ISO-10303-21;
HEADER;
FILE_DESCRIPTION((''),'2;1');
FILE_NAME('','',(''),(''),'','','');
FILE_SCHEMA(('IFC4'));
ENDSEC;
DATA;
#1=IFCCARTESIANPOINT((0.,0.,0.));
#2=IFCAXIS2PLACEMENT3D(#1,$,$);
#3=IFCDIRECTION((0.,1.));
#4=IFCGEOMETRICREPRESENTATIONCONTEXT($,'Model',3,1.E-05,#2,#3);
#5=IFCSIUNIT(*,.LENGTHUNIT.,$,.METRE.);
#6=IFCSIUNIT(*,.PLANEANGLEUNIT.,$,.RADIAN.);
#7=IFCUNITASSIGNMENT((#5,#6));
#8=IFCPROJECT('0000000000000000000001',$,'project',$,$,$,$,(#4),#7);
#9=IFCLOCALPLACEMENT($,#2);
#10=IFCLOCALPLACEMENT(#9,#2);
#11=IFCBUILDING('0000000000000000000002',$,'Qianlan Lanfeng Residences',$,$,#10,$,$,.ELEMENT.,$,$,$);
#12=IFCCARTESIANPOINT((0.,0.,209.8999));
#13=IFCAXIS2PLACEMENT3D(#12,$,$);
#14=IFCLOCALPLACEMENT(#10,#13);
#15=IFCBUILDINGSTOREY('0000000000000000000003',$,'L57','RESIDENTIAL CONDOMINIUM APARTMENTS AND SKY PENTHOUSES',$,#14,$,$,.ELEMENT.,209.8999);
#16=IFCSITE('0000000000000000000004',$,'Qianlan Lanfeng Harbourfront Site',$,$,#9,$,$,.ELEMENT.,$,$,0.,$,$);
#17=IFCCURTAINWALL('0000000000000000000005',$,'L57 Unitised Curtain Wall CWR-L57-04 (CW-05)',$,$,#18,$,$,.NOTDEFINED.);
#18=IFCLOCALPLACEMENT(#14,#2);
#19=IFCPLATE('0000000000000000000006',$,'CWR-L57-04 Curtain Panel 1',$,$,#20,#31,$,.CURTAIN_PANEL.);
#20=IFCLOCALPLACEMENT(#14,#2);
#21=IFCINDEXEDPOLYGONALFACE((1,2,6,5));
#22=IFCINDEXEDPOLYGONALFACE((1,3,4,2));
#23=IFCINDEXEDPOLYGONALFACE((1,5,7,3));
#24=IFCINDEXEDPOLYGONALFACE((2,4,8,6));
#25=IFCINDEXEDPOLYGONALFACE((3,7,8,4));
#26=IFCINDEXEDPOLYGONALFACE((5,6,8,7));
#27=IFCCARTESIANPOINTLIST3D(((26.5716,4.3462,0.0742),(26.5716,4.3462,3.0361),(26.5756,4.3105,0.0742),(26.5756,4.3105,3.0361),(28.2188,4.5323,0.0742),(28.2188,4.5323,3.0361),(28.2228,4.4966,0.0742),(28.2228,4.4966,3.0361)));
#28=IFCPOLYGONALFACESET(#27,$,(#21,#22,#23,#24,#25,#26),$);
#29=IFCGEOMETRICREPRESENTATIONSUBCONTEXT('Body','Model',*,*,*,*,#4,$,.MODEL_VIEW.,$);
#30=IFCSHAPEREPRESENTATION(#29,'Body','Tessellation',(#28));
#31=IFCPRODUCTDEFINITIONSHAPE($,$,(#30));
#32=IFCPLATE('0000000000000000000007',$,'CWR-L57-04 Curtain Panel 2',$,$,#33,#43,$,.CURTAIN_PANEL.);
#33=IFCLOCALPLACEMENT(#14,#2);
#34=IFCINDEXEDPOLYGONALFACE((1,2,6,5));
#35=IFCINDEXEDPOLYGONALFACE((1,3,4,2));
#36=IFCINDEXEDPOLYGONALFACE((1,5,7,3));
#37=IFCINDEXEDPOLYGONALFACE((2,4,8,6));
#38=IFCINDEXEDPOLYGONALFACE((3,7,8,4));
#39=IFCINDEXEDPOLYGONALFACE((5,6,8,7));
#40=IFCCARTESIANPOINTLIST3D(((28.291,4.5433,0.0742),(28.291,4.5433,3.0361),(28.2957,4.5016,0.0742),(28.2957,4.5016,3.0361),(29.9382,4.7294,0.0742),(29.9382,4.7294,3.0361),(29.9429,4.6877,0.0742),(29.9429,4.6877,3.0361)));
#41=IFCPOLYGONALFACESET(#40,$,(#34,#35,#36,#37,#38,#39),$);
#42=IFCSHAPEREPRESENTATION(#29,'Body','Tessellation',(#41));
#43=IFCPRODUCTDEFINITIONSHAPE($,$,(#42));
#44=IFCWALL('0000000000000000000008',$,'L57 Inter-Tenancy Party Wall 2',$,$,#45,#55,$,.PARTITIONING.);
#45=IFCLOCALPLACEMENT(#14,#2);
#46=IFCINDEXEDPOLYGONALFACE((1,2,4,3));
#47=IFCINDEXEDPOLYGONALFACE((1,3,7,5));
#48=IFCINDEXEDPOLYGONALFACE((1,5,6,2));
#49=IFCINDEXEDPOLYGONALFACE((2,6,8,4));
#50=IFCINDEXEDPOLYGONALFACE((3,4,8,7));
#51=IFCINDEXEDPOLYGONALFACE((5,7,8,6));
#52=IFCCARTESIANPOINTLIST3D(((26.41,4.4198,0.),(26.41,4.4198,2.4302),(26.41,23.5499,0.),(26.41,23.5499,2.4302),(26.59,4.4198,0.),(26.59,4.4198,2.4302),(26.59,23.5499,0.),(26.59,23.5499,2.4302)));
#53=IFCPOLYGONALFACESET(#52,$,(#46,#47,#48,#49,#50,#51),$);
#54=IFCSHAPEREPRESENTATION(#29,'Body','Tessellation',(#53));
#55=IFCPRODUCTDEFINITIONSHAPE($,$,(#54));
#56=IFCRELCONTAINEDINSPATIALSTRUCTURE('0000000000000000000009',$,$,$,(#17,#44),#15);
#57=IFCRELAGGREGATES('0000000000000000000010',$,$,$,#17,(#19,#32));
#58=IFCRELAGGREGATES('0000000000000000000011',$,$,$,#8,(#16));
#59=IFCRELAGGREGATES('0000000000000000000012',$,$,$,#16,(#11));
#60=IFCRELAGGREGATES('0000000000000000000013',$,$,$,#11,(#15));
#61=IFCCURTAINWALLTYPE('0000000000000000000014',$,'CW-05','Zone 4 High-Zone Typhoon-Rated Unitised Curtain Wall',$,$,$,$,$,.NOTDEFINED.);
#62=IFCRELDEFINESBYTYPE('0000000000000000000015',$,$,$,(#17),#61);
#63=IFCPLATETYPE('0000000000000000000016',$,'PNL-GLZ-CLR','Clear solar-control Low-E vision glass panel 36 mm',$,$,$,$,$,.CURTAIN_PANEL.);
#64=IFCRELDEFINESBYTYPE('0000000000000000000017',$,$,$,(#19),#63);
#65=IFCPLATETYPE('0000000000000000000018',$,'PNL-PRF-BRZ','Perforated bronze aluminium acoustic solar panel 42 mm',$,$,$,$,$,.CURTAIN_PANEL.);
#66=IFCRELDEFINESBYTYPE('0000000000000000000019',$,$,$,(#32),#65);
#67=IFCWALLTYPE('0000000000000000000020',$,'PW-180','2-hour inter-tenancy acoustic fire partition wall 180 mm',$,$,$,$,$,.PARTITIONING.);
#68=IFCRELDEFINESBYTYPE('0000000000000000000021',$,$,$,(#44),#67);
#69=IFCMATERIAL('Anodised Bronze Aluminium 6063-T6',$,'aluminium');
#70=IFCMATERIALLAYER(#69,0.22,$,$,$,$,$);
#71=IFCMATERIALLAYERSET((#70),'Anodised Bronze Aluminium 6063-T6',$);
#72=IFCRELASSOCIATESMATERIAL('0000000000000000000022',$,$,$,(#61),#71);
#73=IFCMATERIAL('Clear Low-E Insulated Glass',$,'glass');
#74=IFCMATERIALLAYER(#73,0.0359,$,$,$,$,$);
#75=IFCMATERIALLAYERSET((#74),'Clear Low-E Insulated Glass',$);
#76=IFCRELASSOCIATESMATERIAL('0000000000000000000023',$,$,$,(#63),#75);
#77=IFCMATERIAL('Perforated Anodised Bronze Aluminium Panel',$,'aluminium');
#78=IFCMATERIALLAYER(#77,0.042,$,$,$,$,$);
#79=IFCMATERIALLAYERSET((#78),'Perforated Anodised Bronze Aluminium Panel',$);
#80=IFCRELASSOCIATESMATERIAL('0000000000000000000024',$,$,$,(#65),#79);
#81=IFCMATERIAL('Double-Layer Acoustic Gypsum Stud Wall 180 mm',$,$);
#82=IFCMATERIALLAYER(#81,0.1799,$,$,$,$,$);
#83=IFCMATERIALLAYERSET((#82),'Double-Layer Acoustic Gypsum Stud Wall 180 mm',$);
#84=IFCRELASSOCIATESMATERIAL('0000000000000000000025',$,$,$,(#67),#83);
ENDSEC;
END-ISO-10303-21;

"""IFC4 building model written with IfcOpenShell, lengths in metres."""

from ifc_helpers import new_model, si_unit, direction, frame, frame_2d, origin, origin_2d, place, context, subcontext, project, spatial, rectangle, extrude, source, transform, mapped, material, layer, layer_set, type_object, element, aggregate, save


model = new_model("IFC4")

# Units and contexts
model_context = context("Model", 3, precision=1e-05, world=origin(), true_north=direction((0.0, 1.0)))
body_context = subcontext(model_context, "Body", "Model", "MODEL_VIEW")
ifc_project = project(units=[si_unit("LENGTHUNIT", "METRE"), si_unit("PLANEANGLEUNIT", "RADIAN")], contexts=[model_context])

# Site, building, storey
site_placement = place(None, origin())
site = spatial("IfcSite", under=ifc_project, at=site_placement, Name="Qianlan Lanfeng Harbourfront Site", CompositionType="ELEMENT", RefElevation=0.0)
building_placement = place(site_placement, origin())
building = spatial("IfcBuilding", under=site, at=building_placement, Name="Qianlan Lanfeng Residences", CompositionType="ELEMENT")
storey_placement = place(building_placement, frame((0.0, 0.0, 209.8999)))
storey = spatial("IfcBuildingStorey", under=building, at=storey_placement, Name="L57", Description="RESIDENTIAL CONDOMINIUM APARTMENTS AND SKY PENTHOUSES", CompositionType="ELEMENT", Elevation=209.8999)

# Curtain wall
ifc_material_1 = material(Name="Anodised Bronze Aluminium 6063-T6", Category="aluminium")
ifc_layer_1 = layer(ifc_material_1, 0.22)
ifc_layer_set_1 = layer_set([ifc_layer_1], Name="Anodised Bronze Aluminium 6063-T6")
curtain_wall_type = type_object("IfcCurtainWallType", Name="CW-05", Description="Zone 4 High-Zone Typhoon-Rated Unitised Curtain Wall", PredefinedType="NOTDEFINED", material=ifc_layer_set_1)
curtain_wall_1_placement = place(storey_placement, origin())
curtain_wall_1 = element("IfcCurtainWall", 1, at=curtain_wall_1_placement, inside=storey, type_object=curtain_wall_type, Name="L57 Unitised Curtain Wall CWR-L57-04 (CW-05)", PredefinedType="NOTDEFINED")

# Plates
ifc_material_2 = material(Name="Clear Low-E Insulated Glass", Category="glass")
ifc_layer_2 = layer(ifc_material_2, 0.0359)
ifc_layer_set_2 = layer_set([ifc_layer_2], Name="Clear Low-E Insulated Glass")
plate_type_1 = type_object("IfcPlateType", Name="PNL-GLZ-CLR", Description="Clear solar-control Low-E vision glass panel 36 mm", PredefinedType="CURTAIN_PANEL", material=ifc_layer_set_2)
shared_shape_1 = source(origin(), body_context, "Body", "SweptSolid", [
    extrude(rectangle(XDim=1.6577, YDim=0.0359, at=origin_2d()), origin(), (0.0, 0.0, 1.0), 2.9619),
])
plate_1_placement = place(storey_placement, frame((27.3972, 4.4214, 0.0742), z_axis=(0.0, 0.0, 1.0), x_axis=(0.993678, 0.112263, 0.0)))
plate_1 = element("IfcPlate", 2, at=plate_1_placement, type_object=plate_type_1, Name="CWR-L57-04 Curtain Panel 1", PredefinedType="CURTAIN_PANEL", context=body_context, shape_type="MappedRepresentation", body=[
    mapped(shared_shape_1, transform((0.0, 0.0, 0.0), scale=1.0)),
])
ifc_material_3 = material(Name="Perforated Anodised Bronze Aluminium Panel", Category="aluminium")
ifc_layer_3 = layer(ifc_material_3, 0.042)
ifc_layer_set_3 = layer_set([ifc_layer_3], Name="Perforated Anodised Bronze Aluminium Panel")
plate_type_2 = type_object("IfcPlateType", Name="PNL-PRF-BRZ", Description="Perforated bronze aluminium acoustic solar panel 42 mm", PredefinedType="CURTAIN_PANEL", material=ifc_layer_set_3)
shared_shape_2 = source(origin(), body_context, "Body", "SweptSolid", [
    extrude(rectangle(XDim=1.6577, YDim=0.042, at=origin_2d()), origin(), (0.0, 0.0, 1.0), 2.9619),
])
plate_2_placement = place(storey_placement, frame((29.1169, 4.6155, 0.0742), z_axis=(0.0, 0.0, 1.0), x_axis=(0.993678, 0.112263, 0.0)))
plate_2 = element("IfcPlate", 3, at=plate_2_placement, type_object=plate_type_2, Name="CWR-L57-04 Curtain Panel 2", PredefinedType="CURTAIN_PANEL", context=body_context, shape_type="MappedRepresentation", body=[
    mapped(shared_shape_2, transform((0.0, 0.0, 0.0), scale=1.0)),
])
aggregate(curtain_wall_1, [plate_1, plate_2])

# Wall
ifc_material_4 = material(Name="Double-Layer Acoustic Gypsum Stud Wall 180 mm")
ifc_layer_4 = layer(ifc_material_4, 0.1799)
ifc_layer_set_4 = layer_set([ifc_layer_4], Name="Double-Layer Acoustic Gypsum Stud Wall 180 mm")
wall_type = type_object("IfcWallType", Name="PW-180", Description="2-hour inter-tenancy acoustic fire partition wall 180 mm", PredefinedType="PARTITIONING", material=ifc_layer_set_4)
wall_placement = place(storey_placement, frame((26.5, 4.4199, 0.0), z_axis=(0.0, 0.0, 1.0), x_axis=(0.0, 1.0, 0.0)))
element("IfcWall", 4, at=wall_placement, inside=storey, type_object=wall_type, Name="L57 Inter-Tenancy Party Wall 2", PredefinedType="PARTITIONING", context=body_context, shape_type="SweptSolid", body=[
    extrude(rectangle(XDim=19.1301, YDim=0.1799, at=frame_2d((9.5649, 0.0))), origin(), (0.0, 0.0, 1.0), 2.4302),
])

save(model, "model.ifc")
